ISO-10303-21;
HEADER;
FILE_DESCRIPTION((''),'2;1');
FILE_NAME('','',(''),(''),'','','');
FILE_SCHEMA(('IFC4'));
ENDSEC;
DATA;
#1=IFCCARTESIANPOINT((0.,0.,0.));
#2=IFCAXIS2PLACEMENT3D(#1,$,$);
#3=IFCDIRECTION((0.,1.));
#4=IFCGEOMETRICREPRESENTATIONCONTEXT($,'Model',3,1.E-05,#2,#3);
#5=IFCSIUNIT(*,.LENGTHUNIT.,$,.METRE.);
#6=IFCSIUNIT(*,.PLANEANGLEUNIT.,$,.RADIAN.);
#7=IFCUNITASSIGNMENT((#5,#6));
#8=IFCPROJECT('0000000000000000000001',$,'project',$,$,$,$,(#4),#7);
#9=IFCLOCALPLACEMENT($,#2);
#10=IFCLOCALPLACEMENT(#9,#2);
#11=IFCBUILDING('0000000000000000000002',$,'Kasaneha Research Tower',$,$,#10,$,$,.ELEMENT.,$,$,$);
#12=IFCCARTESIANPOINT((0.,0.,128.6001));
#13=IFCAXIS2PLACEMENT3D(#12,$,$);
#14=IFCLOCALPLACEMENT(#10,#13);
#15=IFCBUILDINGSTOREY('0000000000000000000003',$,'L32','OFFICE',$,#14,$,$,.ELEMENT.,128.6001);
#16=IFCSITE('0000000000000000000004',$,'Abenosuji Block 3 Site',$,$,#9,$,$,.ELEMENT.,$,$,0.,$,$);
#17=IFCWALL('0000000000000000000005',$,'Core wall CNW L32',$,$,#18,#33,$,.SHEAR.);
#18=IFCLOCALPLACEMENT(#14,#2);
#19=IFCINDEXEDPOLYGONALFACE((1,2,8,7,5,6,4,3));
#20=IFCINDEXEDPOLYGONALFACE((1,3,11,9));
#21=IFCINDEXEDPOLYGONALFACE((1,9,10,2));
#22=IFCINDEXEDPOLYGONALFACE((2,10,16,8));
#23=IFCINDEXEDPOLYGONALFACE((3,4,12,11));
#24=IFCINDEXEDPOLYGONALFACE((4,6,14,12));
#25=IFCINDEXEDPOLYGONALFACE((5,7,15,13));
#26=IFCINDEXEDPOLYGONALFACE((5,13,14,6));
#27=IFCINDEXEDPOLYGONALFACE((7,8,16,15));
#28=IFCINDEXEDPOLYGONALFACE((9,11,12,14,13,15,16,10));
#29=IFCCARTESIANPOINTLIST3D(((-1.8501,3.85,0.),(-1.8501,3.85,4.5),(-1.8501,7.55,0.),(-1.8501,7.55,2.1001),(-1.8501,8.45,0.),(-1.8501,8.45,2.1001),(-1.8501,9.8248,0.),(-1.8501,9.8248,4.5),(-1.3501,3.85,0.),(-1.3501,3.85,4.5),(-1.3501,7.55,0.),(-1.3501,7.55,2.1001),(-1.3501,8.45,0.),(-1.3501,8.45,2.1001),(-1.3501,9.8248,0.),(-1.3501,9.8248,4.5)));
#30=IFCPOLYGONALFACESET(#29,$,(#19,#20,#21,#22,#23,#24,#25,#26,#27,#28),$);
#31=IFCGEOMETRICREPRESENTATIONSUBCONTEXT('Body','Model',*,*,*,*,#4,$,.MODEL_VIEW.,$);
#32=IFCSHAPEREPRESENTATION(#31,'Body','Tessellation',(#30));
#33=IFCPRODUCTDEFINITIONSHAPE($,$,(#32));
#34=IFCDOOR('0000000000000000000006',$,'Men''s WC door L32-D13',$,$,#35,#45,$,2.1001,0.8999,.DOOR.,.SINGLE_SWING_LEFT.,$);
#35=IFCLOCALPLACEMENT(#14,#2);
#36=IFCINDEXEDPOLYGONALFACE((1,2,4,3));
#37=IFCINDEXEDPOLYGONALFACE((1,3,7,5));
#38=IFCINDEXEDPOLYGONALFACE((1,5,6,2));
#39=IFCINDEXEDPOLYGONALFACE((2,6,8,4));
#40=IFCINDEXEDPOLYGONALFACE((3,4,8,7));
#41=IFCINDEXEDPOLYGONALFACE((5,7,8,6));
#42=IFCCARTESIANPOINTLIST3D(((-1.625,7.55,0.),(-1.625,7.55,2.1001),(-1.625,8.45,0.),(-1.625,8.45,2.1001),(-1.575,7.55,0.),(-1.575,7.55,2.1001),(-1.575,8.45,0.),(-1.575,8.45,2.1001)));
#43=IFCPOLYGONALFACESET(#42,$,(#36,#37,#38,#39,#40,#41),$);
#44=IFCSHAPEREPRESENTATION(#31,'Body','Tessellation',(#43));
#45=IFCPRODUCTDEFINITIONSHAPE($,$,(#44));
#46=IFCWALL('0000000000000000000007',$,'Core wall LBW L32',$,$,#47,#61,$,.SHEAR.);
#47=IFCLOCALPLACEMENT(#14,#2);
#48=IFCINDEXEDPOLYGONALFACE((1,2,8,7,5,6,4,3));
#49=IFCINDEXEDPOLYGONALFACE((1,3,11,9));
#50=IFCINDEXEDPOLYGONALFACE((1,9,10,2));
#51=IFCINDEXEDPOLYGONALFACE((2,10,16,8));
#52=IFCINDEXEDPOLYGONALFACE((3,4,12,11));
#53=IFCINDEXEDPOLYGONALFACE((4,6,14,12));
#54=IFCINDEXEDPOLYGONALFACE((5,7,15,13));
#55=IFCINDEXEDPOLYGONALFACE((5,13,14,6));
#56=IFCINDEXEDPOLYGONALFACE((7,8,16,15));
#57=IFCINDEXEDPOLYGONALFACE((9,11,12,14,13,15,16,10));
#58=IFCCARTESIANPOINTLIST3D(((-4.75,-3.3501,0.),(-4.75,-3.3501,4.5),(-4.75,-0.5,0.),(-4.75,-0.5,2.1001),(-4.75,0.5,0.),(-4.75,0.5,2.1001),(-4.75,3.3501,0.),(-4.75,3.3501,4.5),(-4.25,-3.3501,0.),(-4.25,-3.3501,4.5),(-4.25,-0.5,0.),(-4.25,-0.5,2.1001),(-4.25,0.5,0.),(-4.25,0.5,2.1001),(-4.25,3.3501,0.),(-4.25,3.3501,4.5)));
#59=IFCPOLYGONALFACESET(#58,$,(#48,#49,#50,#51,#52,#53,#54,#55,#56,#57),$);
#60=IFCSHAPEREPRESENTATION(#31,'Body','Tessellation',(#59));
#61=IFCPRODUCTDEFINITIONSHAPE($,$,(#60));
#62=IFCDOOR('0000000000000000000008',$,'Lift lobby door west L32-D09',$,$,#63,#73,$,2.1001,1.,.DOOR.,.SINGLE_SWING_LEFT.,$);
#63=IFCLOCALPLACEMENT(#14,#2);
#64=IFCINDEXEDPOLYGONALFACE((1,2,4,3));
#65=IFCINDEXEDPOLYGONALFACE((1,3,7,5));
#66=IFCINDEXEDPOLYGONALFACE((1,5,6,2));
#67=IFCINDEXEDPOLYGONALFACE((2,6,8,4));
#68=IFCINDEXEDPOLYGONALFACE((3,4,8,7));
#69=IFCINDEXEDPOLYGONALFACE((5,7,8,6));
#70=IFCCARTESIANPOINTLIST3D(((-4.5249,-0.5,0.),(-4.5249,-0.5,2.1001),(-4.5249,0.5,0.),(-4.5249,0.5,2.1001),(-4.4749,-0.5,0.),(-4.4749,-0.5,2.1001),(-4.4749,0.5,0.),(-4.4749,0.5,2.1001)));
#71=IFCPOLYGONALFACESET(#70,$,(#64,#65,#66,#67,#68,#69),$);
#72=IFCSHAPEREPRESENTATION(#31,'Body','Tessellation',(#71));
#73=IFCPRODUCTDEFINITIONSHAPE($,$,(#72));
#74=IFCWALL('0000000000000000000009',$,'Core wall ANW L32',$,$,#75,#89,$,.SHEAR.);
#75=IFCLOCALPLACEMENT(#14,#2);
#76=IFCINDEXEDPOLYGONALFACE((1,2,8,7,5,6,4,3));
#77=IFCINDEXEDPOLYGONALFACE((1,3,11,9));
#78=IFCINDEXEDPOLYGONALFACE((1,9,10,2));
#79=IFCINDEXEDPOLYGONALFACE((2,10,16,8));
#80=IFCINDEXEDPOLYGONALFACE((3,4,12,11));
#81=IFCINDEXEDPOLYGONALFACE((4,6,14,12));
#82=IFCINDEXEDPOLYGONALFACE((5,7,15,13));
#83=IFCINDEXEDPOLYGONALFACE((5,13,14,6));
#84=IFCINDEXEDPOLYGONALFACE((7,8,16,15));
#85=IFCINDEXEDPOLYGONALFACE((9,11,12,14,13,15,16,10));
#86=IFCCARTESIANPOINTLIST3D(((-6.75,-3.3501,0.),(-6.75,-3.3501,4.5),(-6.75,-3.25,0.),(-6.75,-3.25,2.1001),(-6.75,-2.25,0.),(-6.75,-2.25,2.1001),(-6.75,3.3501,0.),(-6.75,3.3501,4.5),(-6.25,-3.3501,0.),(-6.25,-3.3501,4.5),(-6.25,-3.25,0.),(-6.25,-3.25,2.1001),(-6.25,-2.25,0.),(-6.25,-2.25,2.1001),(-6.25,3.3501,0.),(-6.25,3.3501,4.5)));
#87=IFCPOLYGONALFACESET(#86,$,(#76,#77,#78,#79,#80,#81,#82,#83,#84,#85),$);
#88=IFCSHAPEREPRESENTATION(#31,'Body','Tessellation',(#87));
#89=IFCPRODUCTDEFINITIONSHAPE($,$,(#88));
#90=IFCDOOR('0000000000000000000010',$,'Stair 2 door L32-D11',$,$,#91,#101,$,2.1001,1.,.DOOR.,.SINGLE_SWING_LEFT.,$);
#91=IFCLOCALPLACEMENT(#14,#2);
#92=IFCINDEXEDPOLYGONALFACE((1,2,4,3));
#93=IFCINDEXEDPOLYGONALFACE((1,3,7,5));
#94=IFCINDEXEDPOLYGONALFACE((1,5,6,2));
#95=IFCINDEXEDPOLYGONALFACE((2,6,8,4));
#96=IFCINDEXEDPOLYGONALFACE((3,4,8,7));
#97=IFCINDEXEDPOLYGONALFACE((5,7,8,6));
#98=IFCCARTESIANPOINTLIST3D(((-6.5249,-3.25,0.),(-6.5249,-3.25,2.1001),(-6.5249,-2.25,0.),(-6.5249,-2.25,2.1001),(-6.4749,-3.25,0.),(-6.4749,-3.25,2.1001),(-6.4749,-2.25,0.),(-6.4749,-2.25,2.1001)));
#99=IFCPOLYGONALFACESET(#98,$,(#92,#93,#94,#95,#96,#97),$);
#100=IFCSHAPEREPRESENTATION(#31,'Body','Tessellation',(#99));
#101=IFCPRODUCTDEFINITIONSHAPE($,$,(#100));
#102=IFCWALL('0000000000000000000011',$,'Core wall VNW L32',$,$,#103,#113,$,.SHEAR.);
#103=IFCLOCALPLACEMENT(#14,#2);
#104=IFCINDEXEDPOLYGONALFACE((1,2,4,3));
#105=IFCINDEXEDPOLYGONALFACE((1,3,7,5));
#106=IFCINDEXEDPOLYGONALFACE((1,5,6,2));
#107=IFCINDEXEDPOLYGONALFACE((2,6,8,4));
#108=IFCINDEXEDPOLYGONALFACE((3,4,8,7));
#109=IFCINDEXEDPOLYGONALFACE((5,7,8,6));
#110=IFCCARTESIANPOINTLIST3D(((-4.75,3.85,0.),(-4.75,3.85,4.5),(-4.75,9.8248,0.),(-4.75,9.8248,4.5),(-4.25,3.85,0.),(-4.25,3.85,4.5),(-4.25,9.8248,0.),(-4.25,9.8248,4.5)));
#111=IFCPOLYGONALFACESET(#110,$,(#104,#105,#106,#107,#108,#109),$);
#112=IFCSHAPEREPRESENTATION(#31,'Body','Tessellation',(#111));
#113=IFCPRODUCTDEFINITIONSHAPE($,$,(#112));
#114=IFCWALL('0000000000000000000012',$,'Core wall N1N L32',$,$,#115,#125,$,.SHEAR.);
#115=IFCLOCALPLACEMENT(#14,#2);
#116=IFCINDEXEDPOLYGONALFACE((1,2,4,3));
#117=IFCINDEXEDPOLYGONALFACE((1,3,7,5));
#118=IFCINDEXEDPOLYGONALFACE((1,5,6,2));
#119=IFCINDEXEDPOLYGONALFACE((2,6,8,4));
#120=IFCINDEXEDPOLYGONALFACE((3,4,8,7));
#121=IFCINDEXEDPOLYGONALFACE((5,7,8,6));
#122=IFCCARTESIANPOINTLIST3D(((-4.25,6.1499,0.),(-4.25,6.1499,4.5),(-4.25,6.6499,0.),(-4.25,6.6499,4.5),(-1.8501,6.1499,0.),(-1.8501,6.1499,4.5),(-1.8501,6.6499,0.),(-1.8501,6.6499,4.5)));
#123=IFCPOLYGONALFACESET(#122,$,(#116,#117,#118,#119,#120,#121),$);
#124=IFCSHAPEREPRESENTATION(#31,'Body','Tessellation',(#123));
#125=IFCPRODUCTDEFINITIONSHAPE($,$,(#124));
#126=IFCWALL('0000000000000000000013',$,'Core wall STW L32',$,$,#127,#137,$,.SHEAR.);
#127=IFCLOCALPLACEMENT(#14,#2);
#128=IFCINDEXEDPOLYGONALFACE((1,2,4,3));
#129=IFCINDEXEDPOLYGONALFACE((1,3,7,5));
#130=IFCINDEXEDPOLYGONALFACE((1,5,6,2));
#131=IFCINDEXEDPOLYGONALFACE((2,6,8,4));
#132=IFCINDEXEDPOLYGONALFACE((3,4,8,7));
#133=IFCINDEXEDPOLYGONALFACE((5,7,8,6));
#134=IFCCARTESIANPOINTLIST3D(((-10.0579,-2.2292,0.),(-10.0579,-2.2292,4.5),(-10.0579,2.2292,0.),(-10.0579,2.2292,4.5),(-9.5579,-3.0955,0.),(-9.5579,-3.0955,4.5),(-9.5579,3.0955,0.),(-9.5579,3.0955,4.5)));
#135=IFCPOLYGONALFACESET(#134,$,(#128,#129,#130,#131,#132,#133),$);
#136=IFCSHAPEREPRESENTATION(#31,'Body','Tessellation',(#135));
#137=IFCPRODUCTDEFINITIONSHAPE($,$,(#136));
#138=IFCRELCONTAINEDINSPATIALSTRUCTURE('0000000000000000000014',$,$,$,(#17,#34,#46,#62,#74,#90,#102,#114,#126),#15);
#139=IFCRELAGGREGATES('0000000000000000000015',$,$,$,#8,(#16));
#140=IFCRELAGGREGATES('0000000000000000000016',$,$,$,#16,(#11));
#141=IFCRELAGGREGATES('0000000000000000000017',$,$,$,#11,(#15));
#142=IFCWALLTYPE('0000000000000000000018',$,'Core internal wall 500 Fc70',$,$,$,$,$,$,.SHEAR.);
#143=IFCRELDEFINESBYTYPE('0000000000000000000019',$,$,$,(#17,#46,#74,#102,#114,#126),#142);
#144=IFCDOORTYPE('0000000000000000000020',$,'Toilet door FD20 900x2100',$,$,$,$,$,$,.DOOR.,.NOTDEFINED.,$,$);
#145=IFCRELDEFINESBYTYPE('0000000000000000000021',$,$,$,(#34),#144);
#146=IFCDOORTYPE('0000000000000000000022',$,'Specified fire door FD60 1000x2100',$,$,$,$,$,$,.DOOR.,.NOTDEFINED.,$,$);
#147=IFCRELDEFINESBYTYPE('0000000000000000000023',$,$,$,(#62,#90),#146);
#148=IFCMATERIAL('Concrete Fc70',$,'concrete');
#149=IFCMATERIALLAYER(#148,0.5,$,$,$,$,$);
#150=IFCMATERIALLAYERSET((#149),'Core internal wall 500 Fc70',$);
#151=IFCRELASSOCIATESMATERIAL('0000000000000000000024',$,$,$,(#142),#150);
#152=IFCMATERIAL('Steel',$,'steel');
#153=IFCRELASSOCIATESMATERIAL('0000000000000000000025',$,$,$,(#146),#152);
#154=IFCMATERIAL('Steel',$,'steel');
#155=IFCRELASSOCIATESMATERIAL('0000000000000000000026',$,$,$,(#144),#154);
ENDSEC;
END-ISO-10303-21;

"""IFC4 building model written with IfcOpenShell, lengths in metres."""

from ifc_helpers import new_model, si_unit, direction, frame, frame_2d, origin, place, context, subcontext, project, spatial, polyline, rectangle, outline, extrude, material, layer, layer_set, type_object, element, fill, save


model = new_model("IFC4")

# Units and contexts
model_context = context("Model", 3, precision=1e-05, world=origin(), true_north=direction((0.0, 1.0)))
body_context = subcontext(model_context, "Body", "Model", "MODEL_VIEW")
ifc_project = project(units=[si_unit("LENGTHUNIT", "METRE"), si_unit("PLANEANGLEUNIT", "RADIAN")], contexts=[model_context])

# Site, building, storey
site_placement = place(None, origin())
site = spatial("IfcSite", under=ifc_project, at=site_placement, Name="Abenosuji Block 3 Site", CompositionType="ELEMENT", RefElevation=0.0)
building_placement = place(site_placement, origin())
building = spatial("IfcBuilding", under=site, at=building_placement, Name="Kasaneha Research Tower", CompositionType="ELEMENT")
storey_placement = place(building_placement, frame((0.0, 0.0, 128.6001)))
storey = spatial("IfcBuildingStorey", under=building, at=storey_placement, Name="L32", Description="OFFICE", CompositionType="ELEMENT", Elevation=128.6001)

# Shared definitions
ifc_material_1 = material(Name="Concrete Fc70", Category="concrete")
ifc_layer_1 = layer(ifc_material_1, 0.5)
ifc_layer_set_1 = layer_set([ifc_layer_1], Name="Core internal wall 500 Fc70")
wall_type_1 = type_object("IfcWallType", Name="Core internal wall 500 Fc70", PredefinedType="SHEAR", material=ifc_layer_set_1)
ifc_material_2 = material(Name="Steel", Category="steel")
door_type_1 = type_object("IfcDoorType", Name="Specified fire door FD60 1000x2100", OperationType="NOTDEFINED", PredefinedType="DOOR", material=ifc_material_2)

# Walls, openings, doors
wall_1_placement = place(storey_placement, frame((-1.6001, 3.8501, 0.0), z_axis=(0.0, 0.0, 1.0), x_axis=(0.0, 1.0, 0.0)))
wall_1 = element("IfcWall", 1, at=wall_1_placement, inside=storey, type_object=wall_type_1, Name="Core wall CNW L32", PredefinedType="SHEAR", context=body_context, shape_type="SweptSolid", body=[
    extrude(rectangle(XDim=5.9749, YDim=0.5, at=frame_2d((2.9873, 0.0))), origin(), (0.0, 0.0, 1.0), 4.5),
])
opening_1_placement = place(wall_1_placement, frame((3.7, 0.0, 0.0)))
opening_1 = element("IfcOpeningElement", 2, at=opening_1_placement, cuts=wall_1, PredefinedType="OPENING", context=body_context, shape_type="SweptSolid", body=[
    extrude(rectangle(XDim=0.8999, YDim=2.1001, at=frame_2d((0.45, 1.05))), frame((0.0, 0.26, 0.0), z_axis=(0.0, -1.0, 0.0), x_axis=(1.0, 0.0, 0.0)), (0.0, 0.0, 1.0), 0.52),
])
ifc_material_3 = material(Name="Steel", Category="steel")
door_type_2 = type_object("IfcDoorType", Name="Toilet door FD20 900x2100", OperationType="NOTDEFINED", PredefinedType="DOOR", material=ifc_material_3)
door_1_placement = place(opening_1_placement, origin())
door_1 = element("IfcDoor", 3, at=door_1_placement, inside=storey, type_object=door_type_2, Name="Men's WC door L32-D13", OperationType="SINGLE_SWING_LEFT", OverallHeight=2.1001, OverallWidth=0.8999, PredefinedType="DOOR", context=body_context, shape_type="SweptSolid", body=[
    extrude(rectangle(XDim=0.8999, YDim=2.1001, at=frame_2d((0.45, 1.05))), frame((0.0, 0.0249, 0.0), z_axis=(0.0, -1.0, 0.0), x_axis=(1.0, 0.0, 0.0)), (0.0, 0.0, 1.0), 0.05),
])
fill(opening_1, door_1)
wall_2_placement = place(storey_placement, frame((-4.5, -3.3501, 0.0), z_axis=(0.0, 0.0, 1.0), x_axis=(0.0, 1.0, 0.0)))
wall_2 = element("IfcWall", 4, at=wall_2_placement, inside=storey, type_object=wall_type_1, Name="Core wall LBW L32", PredefinedType="SHEAR", context=body_context, shape_type="SweptSolid", body=[
    extrude(rectangle(XDim=6.7002, YDim=0.5, at=frame_2d((3.3501, 0.0))), origin(), (0.0, 0.0, 1.0), 4.5),
])
opening_2_placement = place(wall_2_placement, frame((2.8501, 0.0, 0.0)))
opening_2 = element("IfcOpeningElement", 5, at=opening_2_placement, cuts=wall_2, PredefinedType="OPENING", context=body_context, shape_type="SweptSolid", body=[
    extrude(rectangle(XDim=1.0, YDim=2.1001, at=frame_2d((0.5, 1.05))), frame((0.0, 0.26, 0.0), z_axis=(0.0, -1.0, 0.0), x_axis=(1.0, 0.0, 0.0)), (0.0, 0.0, 1.0), 0.52),
])
door_2_placement = place(opening_2_placement, origin())
door_2 = element("IfcDoor", 6, at=door_2_placement, inside=storey, type_object=door_type_1, Name="Lift lobby door west L32-D09", OperationType="SINGLE_SWING_LEFT", OverallHeight=2.1001, OverallWidth=1.0, PredefinedType="DOOR", context=body_context, shape_type="SweptSolid", body=[
    extrude(rectangle(XDim=1.0, YDim=2.1001, at=frame_2d((0.5, 1.05))), frame((0.0, 0.0249, 0.0), z_axis=(0.0, -1.0, 0.0), x_axis=(1.0, 0.0, 0.0)), (0.0, 0.0, 1.0), 0.05),
])
fill(opening_2, door_2)
wall_3_placement = place(storey_placement, frame((-6.5, -3.3501, 0.0), z_axis=(0.0, 0.0, 1.0), x_axis=(0.0, 1.0, 0.0)))
wall_3 = element("IfcWall", 7, at=wall_3_placement, inside=storey, type_object=wall_type_1, Name="Core wall ANW L32", PredefinedType="SHEAR", context=body_context, shape_type="SweptSolid", body=[
    extrude(rectangle(XDim=6.7002, YDim=0.5, at=frame_2d((3.3501, 0.0))), origin(), (0.0, 0.0, 1.0), 4.5),
])
opening_3_placement = place(wall_3_placement, frame((0.1001, 0.0, 0.0)))
opening_3 = element("IfcOpeningElement", 8, at=opening_3_placement, cuts=wall_3, PredefinedType="OPENING", context=body_context, shape_type="SweptSolid", body=[
    extrude(rectangle(XDim=1.0, YDim=2.1001, at=frame_2d((0.5, 1.05))), frame((0.0, 0.26, 0.0), z_axis=(0.0, -1.0, 0.0), x_axis=(1.0, 0.0, 0.0)), (0.0, 0.0, 1.0), 0.52),
])
door_3_placement = place(opening_3_placement, origin())
door_3 = element("IfcDoor", 9, at=door_3_placement, inside=storey, type_object=door_type_1, Name="Stair 2 door L32-D11", OperationType="SINGLE_SWING_LEFT", OverallHeight=2.1001, OverallWidth=1.0, PredefinedType="DOOR", context=body_context, shape_type="SweptSolid", body=[
    extrude(rectangle(XDim=1.0, YDim=2.1001, at=frame_2d((0.5, 1.05))), frame((0.0, 0.0249, 0.0), z_axis=(0.0, -1.0, 0.0), x_axis=(1.0, 0.0, 0.0)), (0.0, 0.0, 1.0), 0.05),
])
fill(opening_3, door_3)

# Walls
wall_4_placement = place(storey_placement, frame((-4.5, 3.8501, 0.0), z_axis=(0.0, 0.0, 1.0), x_axis=(0.0, 1.0, 0.0)))
element("IfcWall", 10, at=wall_4_placement, inside=storey, type_object=wall_type_1, Name="Core wall VNW L32", PredefinedType="SHEAR", context=body_context, shape_type="SweptSolid", body=[
    extrude(rectangle(XDim=5.9749, YDim=0.5, at=frame_2d((2.9873, 0.0))), origin(), (0.0, 0.0, 1.0), 4.5),
])
wall_5_placement = place(storey_placement, frame((-4.25, 6.3999, 0.0), z_axis=(0.0, 0.0, 1.0), x_axis=(1.0, 0.0, 0.0)))
element("IfcWall", 11, at=wall_5_placement, inside=storey, type_object=wall_type_1, Name="Core wall N1N L32", PredefinedType="SHEAR", context=body_context, shape_type="SweptSolid", body=[
    extrude(rectangle(XDim=2.3999, YDim=0.5, at=frame_2d((1.2, 0.0))), origin(), (0.0, 0.0, 1.0), 4.5),
])
wall_6_placement = place(storey_placement, frame((-9.8079, -2.6624, 0.0), z_axis=(0.0, 0.0, 1.0), x_axis=(0.0, 1.0, 0.0)))
element("IfcWall", 12, at=wall_6_placement, inside=storey, type_object=wall_type_1, Name="Core wall STW L32", PredefinedType="SHEAR", context=body_context, shape_type="SweptSolid", body=[
    extrude(outline(polyline([(-0.4331, -0.25), (5.7578, -0.25), (4.8916, 0.25), (0.4331, 0.25), (-0.4331, -0.25)])), origin(), (0.0, 0.0, 1.0), 4.5),
])

save(model, "model.ifc")
